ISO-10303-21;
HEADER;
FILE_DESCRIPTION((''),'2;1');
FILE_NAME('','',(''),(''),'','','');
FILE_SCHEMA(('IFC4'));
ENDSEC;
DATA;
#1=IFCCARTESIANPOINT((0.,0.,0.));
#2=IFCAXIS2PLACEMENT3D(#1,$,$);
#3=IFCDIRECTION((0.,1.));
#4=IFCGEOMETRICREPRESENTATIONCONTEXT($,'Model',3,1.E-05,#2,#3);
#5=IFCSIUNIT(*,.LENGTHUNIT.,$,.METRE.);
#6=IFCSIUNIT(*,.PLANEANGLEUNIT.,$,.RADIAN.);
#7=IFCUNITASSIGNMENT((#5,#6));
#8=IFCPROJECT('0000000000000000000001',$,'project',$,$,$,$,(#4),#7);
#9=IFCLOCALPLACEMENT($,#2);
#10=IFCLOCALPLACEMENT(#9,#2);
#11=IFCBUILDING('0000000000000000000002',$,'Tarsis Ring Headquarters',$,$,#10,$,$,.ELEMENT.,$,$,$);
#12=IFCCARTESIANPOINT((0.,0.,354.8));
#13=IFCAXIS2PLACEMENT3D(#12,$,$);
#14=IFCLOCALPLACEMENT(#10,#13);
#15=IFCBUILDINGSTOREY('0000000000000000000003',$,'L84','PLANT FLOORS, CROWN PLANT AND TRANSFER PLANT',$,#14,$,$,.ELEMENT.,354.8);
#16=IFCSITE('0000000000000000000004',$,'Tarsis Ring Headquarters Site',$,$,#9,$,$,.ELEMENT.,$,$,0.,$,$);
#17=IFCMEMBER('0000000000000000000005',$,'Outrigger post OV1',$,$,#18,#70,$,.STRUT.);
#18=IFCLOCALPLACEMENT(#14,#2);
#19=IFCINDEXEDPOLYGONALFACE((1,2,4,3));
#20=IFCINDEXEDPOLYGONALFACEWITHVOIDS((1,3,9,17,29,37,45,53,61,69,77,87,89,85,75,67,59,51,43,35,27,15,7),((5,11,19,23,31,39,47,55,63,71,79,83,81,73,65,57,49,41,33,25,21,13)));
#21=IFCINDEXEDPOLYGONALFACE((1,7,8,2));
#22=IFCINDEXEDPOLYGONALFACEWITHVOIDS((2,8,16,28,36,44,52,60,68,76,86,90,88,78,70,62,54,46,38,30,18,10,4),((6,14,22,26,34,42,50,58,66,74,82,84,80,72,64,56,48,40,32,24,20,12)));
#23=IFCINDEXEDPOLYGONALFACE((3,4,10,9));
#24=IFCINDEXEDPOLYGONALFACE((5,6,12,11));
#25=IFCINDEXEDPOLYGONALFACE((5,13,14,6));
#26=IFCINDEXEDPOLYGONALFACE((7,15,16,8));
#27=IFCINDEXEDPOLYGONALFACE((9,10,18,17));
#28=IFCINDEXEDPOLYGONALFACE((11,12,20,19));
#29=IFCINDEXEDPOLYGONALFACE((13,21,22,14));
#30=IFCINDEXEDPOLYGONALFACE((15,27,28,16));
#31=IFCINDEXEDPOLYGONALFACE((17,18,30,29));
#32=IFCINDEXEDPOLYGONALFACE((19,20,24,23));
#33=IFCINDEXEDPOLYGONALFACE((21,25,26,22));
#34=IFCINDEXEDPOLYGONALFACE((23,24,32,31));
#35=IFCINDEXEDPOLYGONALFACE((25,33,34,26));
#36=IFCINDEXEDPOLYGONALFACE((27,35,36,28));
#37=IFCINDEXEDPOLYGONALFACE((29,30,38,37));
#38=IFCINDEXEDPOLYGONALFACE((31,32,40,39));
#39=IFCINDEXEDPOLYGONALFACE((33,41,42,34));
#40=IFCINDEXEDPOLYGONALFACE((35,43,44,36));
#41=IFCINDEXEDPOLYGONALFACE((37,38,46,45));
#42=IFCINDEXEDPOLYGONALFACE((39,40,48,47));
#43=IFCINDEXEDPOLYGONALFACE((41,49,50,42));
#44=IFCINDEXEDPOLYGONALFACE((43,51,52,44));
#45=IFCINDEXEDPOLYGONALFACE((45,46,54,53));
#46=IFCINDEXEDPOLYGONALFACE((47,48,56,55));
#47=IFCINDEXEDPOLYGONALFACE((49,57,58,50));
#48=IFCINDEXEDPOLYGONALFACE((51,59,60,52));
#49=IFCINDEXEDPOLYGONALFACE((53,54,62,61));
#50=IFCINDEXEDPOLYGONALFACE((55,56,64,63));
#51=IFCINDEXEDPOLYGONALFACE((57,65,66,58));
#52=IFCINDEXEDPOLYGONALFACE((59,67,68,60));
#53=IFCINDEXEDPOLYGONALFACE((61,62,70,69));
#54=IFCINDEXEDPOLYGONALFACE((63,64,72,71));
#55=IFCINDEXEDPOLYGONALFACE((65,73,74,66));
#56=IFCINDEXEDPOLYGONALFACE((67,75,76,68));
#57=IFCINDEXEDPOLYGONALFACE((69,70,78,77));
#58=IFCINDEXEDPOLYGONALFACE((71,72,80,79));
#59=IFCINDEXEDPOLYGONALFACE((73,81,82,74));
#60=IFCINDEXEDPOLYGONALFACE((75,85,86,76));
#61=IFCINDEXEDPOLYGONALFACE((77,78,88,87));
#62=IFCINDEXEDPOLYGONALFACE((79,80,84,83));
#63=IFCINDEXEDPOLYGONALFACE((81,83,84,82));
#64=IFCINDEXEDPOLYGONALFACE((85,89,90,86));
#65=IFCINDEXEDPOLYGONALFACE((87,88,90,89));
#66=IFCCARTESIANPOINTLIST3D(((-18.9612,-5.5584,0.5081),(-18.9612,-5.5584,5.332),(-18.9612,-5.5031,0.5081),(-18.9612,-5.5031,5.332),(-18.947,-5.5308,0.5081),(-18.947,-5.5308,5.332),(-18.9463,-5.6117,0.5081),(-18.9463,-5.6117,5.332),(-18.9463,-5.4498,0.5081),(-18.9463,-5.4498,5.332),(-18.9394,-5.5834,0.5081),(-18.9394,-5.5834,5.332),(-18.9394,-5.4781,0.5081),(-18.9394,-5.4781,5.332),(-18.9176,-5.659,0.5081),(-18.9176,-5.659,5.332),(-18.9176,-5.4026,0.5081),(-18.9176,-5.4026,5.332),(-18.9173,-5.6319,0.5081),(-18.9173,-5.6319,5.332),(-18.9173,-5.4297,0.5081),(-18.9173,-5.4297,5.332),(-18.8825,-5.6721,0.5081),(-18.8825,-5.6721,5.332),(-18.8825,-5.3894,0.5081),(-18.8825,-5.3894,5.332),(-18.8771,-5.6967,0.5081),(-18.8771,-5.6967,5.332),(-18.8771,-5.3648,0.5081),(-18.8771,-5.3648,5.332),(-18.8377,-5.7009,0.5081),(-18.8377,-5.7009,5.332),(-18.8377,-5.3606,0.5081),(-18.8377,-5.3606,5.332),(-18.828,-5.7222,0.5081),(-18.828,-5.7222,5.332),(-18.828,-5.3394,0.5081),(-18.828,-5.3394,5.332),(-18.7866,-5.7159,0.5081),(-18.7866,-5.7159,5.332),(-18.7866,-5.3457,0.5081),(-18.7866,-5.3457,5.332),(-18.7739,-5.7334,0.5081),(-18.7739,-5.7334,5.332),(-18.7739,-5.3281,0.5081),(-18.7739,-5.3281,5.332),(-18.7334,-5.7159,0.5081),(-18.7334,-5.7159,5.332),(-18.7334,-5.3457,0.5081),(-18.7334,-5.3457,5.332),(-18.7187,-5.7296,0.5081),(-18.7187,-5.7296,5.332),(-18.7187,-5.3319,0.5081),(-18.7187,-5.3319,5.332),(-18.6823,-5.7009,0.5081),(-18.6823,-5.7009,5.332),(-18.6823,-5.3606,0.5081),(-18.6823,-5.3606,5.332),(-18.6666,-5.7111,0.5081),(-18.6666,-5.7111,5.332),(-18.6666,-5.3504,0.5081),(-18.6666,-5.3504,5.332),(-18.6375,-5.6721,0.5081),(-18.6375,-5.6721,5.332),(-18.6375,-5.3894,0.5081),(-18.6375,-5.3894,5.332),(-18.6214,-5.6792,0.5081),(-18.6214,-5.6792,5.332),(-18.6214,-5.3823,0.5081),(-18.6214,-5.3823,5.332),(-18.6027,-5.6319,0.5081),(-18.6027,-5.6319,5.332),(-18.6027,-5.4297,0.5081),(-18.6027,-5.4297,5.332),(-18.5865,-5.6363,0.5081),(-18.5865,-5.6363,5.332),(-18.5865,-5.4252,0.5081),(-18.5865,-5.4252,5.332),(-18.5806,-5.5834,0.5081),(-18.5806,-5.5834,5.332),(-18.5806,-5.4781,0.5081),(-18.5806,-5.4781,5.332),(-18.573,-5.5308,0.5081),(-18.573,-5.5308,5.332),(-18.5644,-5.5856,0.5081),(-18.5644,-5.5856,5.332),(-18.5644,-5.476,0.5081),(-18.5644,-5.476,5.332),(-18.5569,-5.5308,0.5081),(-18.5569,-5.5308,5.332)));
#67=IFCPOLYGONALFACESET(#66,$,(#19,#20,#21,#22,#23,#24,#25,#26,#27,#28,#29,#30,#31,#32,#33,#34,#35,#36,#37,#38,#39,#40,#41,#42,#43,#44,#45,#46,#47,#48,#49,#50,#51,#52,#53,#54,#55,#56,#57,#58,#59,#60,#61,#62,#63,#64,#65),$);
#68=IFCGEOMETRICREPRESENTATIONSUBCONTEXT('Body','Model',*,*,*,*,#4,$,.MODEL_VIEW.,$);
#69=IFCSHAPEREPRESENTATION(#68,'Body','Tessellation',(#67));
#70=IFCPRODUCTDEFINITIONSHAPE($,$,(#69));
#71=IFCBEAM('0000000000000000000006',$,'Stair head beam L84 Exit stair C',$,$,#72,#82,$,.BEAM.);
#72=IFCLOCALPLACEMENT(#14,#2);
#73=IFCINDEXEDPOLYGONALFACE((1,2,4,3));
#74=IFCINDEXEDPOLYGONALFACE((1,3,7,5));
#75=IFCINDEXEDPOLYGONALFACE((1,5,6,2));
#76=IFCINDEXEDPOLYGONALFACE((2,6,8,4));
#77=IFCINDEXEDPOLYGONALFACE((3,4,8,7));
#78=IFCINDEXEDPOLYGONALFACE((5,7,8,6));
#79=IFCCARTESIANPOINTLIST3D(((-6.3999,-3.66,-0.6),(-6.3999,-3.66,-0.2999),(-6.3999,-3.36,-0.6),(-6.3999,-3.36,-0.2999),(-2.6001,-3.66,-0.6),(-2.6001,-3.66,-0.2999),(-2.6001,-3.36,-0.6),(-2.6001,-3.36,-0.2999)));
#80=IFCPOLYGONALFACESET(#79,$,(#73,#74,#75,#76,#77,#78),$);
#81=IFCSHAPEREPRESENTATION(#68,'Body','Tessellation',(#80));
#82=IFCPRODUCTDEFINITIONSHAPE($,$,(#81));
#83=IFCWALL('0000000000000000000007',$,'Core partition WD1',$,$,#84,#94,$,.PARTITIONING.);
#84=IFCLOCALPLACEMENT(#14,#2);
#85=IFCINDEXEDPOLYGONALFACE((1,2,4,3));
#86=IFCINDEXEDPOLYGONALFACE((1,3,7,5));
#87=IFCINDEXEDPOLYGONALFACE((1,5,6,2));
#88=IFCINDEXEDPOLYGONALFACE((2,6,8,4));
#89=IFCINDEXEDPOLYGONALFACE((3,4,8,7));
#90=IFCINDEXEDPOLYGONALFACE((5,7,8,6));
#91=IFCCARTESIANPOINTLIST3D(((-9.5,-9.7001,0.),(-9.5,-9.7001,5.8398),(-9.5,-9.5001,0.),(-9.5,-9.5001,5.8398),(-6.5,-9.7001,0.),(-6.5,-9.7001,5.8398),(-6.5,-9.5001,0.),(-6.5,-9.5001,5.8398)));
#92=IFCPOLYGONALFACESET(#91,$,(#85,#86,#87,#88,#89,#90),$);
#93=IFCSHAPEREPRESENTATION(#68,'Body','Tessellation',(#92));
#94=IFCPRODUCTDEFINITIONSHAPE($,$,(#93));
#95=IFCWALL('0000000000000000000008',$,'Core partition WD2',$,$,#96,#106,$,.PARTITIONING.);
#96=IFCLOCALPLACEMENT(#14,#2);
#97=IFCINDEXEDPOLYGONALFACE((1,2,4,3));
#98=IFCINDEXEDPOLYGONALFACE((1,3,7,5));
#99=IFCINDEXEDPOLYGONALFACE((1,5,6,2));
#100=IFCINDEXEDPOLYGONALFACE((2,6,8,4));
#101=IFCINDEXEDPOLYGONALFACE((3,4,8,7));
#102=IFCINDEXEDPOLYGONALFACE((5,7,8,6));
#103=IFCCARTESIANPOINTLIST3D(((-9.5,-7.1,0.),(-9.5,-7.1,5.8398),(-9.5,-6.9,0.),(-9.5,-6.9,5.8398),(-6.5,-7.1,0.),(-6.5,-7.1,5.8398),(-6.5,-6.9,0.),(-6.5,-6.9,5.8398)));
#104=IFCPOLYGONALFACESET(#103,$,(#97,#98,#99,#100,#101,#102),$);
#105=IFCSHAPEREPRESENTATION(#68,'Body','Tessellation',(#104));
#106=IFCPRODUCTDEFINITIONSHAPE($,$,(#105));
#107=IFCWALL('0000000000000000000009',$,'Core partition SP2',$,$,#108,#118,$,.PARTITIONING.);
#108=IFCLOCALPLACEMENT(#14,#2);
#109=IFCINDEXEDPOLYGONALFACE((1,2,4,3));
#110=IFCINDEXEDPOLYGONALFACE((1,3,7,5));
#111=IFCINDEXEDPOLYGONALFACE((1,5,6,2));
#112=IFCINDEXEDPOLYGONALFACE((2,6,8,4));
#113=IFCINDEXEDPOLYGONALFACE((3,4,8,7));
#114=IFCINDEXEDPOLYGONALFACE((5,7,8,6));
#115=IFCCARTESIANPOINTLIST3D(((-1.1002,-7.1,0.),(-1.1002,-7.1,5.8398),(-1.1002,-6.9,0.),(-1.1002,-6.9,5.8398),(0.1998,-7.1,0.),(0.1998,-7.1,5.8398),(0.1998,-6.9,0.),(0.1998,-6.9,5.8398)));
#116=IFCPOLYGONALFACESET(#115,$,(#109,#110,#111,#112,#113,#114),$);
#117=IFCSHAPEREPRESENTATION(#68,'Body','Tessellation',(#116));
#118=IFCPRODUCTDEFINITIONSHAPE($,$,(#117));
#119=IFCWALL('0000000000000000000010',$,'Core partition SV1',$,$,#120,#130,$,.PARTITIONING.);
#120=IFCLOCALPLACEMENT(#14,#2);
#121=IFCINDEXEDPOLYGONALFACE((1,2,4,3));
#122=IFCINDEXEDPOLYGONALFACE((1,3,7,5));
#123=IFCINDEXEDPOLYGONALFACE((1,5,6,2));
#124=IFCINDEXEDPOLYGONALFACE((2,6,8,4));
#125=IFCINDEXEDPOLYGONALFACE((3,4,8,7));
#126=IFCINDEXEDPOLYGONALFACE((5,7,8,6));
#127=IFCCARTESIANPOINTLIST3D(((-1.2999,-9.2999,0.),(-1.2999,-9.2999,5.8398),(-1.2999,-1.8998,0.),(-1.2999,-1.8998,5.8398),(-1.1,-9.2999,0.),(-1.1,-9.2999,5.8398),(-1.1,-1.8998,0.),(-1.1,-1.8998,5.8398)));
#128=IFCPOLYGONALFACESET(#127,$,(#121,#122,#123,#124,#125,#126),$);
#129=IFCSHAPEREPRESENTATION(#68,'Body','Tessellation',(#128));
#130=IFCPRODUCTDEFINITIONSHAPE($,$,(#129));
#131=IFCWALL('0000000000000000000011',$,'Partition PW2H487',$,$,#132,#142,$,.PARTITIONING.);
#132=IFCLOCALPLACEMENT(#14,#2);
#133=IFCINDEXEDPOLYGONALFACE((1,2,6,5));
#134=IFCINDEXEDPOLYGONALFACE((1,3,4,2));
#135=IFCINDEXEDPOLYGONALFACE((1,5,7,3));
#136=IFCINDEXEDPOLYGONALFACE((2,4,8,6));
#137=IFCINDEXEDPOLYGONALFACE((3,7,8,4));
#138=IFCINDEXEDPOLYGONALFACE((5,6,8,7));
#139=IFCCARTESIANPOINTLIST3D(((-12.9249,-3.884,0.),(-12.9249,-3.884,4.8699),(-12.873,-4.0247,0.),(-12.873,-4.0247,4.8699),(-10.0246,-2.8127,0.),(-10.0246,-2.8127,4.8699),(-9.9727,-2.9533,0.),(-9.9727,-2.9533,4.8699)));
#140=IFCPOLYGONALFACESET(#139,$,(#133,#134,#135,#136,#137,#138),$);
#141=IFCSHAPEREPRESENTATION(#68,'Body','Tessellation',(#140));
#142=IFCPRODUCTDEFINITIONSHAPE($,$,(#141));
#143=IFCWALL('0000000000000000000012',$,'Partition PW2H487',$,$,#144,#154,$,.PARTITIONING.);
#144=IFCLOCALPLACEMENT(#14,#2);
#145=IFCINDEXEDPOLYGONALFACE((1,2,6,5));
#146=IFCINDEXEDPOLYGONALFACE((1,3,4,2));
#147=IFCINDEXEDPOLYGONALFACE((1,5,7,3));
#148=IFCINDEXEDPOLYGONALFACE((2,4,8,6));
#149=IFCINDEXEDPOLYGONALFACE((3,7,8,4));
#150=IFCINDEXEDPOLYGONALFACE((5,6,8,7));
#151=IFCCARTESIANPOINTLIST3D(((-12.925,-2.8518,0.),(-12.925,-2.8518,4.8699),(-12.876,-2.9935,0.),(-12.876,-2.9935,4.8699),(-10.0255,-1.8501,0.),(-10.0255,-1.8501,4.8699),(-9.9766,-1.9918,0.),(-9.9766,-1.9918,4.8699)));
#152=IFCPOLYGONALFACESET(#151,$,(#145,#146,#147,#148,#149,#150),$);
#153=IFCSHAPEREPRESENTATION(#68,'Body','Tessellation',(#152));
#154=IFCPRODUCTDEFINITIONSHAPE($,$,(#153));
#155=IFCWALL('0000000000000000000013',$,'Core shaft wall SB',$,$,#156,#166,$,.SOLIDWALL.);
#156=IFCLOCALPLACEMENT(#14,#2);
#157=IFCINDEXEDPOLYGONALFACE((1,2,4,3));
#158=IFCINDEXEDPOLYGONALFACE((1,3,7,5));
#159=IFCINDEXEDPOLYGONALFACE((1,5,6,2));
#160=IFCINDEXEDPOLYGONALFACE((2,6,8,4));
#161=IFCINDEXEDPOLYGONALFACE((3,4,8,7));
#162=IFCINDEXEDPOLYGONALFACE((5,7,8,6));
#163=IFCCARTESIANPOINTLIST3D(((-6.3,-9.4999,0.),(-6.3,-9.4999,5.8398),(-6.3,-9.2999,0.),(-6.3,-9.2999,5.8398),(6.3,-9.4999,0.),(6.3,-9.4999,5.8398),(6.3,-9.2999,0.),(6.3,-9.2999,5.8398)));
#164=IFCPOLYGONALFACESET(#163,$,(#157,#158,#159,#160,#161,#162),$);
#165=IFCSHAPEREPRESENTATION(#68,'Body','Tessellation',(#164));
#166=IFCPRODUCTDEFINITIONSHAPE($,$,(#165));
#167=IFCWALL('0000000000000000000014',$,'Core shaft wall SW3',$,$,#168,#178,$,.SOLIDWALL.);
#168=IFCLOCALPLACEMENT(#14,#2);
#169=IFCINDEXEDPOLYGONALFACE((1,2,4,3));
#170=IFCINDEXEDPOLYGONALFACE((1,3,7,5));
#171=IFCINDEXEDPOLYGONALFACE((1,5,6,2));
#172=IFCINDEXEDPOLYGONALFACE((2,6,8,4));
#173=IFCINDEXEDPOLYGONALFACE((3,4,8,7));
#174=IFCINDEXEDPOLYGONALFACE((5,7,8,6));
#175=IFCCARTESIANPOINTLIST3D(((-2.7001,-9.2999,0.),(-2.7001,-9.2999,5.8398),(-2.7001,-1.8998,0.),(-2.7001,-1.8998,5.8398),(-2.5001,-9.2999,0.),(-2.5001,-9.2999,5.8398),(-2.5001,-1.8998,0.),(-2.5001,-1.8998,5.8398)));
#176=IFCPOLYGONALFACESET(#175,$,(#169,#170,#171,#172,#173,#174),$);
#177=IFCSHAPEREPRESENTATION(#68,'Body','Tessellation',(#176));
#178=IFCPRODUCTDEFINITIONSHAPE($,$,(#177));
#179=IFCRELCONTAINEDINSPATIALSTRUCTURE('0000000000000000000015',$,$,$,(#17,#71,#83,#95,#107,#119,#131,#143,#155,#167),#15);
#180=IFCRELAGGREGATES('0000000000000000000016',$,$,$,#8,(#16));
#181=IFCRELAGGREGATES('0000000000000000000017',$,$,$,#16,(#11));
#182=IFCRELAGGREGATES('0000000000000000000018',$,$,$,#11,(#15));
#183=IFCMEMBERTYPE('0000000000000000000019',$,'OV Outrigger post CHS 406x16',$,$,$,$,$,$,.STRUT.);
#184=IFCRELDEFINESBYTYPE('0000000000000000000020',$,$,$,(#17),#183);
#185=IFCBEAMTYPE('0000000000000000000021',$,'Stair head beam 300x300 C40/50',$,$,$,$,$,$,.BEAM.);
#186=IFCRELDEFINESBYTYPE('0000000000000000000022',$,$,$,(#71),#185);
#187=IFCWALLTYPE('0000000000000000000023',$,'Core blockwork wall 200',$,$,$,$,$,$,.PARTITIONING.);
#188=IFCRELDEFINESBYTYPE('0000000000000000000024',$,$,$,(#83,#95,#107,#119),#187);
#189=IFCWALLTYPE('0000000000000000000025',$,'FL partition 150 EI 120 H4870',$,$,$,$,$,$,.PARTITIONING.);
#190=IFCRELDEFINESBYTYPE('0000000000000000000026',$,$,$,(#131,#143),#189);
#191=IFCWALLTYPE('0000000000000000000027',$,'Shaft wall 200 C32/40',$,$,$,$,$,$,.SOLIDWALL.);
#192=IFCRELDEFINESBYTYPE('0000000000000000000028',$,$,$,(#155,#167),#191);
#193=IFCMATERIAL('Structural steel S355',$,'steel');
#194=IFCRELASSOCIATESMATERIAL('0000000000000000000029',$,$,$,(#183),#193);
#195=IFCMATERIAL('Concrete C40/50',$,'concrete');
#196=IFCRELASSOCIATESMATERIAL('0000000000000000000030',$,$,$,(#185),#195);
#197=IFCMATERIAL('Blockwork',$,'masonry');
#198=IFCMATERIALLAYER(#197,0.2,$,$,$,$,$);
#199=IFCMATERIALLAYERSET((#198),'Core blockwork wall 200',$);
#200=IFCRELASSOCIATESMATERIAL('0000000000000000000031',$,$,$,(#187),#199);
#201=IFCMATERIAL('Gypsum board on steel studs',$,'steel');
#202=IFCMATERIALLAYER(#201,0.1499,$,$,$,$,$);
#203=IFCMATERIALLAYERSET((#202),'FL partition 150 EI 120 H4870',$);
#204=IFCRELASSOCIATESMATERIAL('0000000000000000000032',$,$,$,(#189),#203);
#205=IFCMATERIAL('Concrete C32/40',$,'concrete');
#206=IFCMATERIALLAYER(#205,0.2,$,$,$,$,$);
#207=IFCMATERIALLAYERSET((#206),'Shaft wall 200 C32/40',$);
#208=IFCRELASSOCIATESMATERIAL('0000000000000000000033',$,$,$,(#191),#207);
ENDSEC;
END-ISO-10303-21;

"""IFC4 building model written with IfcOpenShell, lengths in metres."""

from ifc_helpers import new_model, si_unit, direction, frame, frame_2d, origin, origin_2d, place, context, subcontext, project, spatial, rectangle, hollow_circle, extrude, material, layer, layer_set, material_profile, profile_set, type_object, element, save


model = new_model("IFC4")

# Units and contexts
model_context = context("Model", 3, precision=1e-05, world=origin(), true_north=direction((0.0, 1.0)))
body_context = subcontext(model_context, "Body", "Model", "MODEL_VIEW")
ifc_project = project(units=[si_unit("LENGTHUNIT", "METRE"), si_unit("PLANEANGLEUNIT", "RADIAN")], contexts=[model_context])

# Site, building, storey
site_placement = place(None, origin())
site = spatial("IfcSite", under=ifc_project, at=site_placement, Name="Tarsis Ring Headquarters Site", CompositionType="ELEMENT", RefElevation=0.0)
building_placement = place(site_placement, origin())
building = spatial("IfcBuilding", under=site, at=building_placement, Name="Tarsis Ring Headquarters", CompositionType="ELEMENT")
storey_placement = place(building_placement, frame((0.0, 0.0, 354.8)))
storey = spatial("IfcBuildingStorey", under=building, at=storey_placement, Name="L84", Description="PLANT FLOORS, CROWN PLANT AND TRANSFER PLANT", CompositionType="ELEMENT", Elevation=354.8)

# Member
ifc_material_1 = material(Name="Structural steel S355", Category="steel")
ifc_material_profile_1 = material_profile(ifc_material_1, hollow_circle(Radius=0.2031, WallThickness=0.0161, at=origin_2d()), Name="CHS 406x16")
ifc_profile_set_1 = profile_set([ifc_material_profile_1], Name="Structural steel S355")
member_type_1 = type_object("IfcMemberType", Name="OV Outrigger post CHS 406x16", PredefinedType="STRUT", material=ifc_profile_set_1)
for number, where, z_axis, x_axis, name in (
    (1, (-18.76, -5.5308, 0.5081), (0.0, 0.0, 1.0), (1.0, 0.0, 0.0), "Outrigger post OV1"),
):
    element("IfcMember", number, at=place(storey_placement, frame(where, z_axis=z_axis, x_axis=x_axis)), inside=storey, type_object=member_type_1, Name=name, PredefinedType="STRUT", context=body_context, shape_type="SweptSolid", body=[
        extrude(hollow_circle(Radius=0.2031, WallThickness=0.0161, at=origin_2d()), origin(), (0.0, 0.0, 1.0), 4.824),
    ])

# Beam
ifc_material_2 = material(Name="Concrete C40/50", Category="concrete")
ifc_material_profile_2 = material_profile(ifc_material_2, rectangle(XDim=0.3, YDim=0.3, at=origin_2d()), Name="Stair head beam 300x300 C40/50")
ifc_profile_set_2 = profile_set([ifc_material_profile_2], Name="Concrete C40/50")
beam_type = type_object("IfcBeamType", Name="Stair head beam 300x300 C40/50", PredefinedType="BEAM", material=ifc_profile_set_2)
beam_placement = place(storey_placement, frame((-6.3999, -3.51, -0.45), z_axis=(1.0, 0.0, 0.0), x_axis=(0.0, 1.0, 0.0)))
element("IfcBeam", 2, at=beam_placement, inside=storey, type_object=beam_type, Name="Stair head beam L84 Exit stair C", PredefinedType="BEAM", context=body_context, shape_type="SweptSolid", body=[
    extrude(rectangle(XDim=0.3, YDim=0.3, at=origin_2d()), origin(), (0.0, 0.0, 1.0), 3.7998),
])

# Walls
ifc_material_3 = material(Name="Blockwork", Category="masonry")
ifc_layer_1 = layer(ifc_material_3, 0.2)
ifc_layer_set_1 = layer_set([ifc_layer_1], Name="Core blockwork wall 200")
wall_type_1 = type_object("IfcWallType", Name="Core blockwork wall 200", PredefinedType="PARTITIONING", material=ifc_layer_set_1)
for number, where, z_axis, x_axis, name in (
    (3, (-9.5, -9.6001, 0.0), (0.0, 0.0, 1.0), (1.0, 0.0, 0.0), "Core partition WD1"),
    (4, (-9.5, -7.0, 0.0), (0.0, 0.0, 1.0), (1.0, 0.0, 0.0), "Core partition WD2"),
):
    element("IfcWall", number, at=place(storey_placement, frame(where, z_axis=z_axis, x_axis=x_axis)), inside=storey, type_object=wall_type_1, Name=name, PredefinedType="PARTITIONING", context=body_context, shape_type="SweptSolid", body=[
        extrude(rectangle(XDim=3.0, YDim=0.2, at=frame_2d((1.5, 0.0))), origin(), (0.0, 0.0, 1.0), 5.8398),
    ])
wall_1_placement = place(storey_placement, frame((-1.1001, -7.0, 0.0), z_axis=(0.0, 0.0, 1.0), x_axis=(1.0, 0.0, 0.0)))
element("IfcWall", 5, at=wall_1_placement, inside=storey, type_object=wall_type_1, Name="Core partition SP2", PredefinedType="PARTITIONING", context=body_context, shape_type="SweptSolid", body=[
    extrude(rectangle(XDim=1.3, YDim=0.2, at=frame_2d((0.6499, 0.0))), origin(), (0.0, 0.0, 1.0), 5.8398),
])
wall_2_placement = place(storey_placement, frame((-1.2, -9.3, 0.0), z_axis=(0.0, 0.0, 1.0), x_axis=(0.0, 1.0, 0.0)))
element("IfcWall", 6, at=wall_2_placement, inside=storey, type_object=wall_type_1, Name="Core partition SV1", PredefinedType="PARTITIONING", context=body_context, shape_type="SweptSolid", body=[
    extrude(rectangle(XDim=7.4001, YDim=0.2, at=frame_2d((3.7002, 0.0))), origin(), (0.0, 0.0, 1.0), 5.8398),
])
ifc_material_4 = material(Name="Gypsum board on steel studs", Category="steel")
ifc_layer_2 = layer(ifc_material_4, 0.1499)
ifc_layer_set_2 = layer_set([ifc_layer_2], Name="FL partition 150 EI 120 H4870")
wall_type_2 = type_object("IfcWallType", Name="FL partition 150 EI 120 H4870", PredefinedType="PARTITIONING", material=ifc_layer_set_2)
wall_3_placement = place(storey_placement, frame((-12.8989, -3.9543, 0.0), z_axis=(0.0, 0.0, 1.0), x_axis=(0.938048, 0.346507, 0.0)))
element("IfcWall", 7, at=wall_3_placement, inside=storey, type_object=wall_type_2, Name="Partition PW2H487", PredefinedType="PARTITIONING", context=body_context, shape_type="SweptSolid", body=[
    extrude(rectangle(XDim=3.0918, YDim=0.1499, at=frame_2d((1.5459, 0.0))), origin(), (0.0, 0.0, 1.0), 4.8699),
])
wall_4_placement = place(storey_placement, frame((-12.9004, -2.9226, 0.0), z_axis=(0.0, 0.0, 1.0), x_axis=(0.945181, 0.326547, 0.0)))
element("IfcWall", 8, at=wall_4_placement, inside=storey, type_object=wall_type_2, Name="Partition PW2H487", PredefinedType="PARTITIONING", context=body_context, shape_type="SweptSolid", body=[
    extrude(rectangle(XDim=3.0676, YDim=0.1499, at=frame_2d((1.5337, 0.0))), origin(), (0.0, 0.0, 1.0), 4.8699),
])
ifc_material_5 = material(Name="Concrete C32/40", Category="concrete")
ifc_layer_3 = layer(ifc_material_5, 0.2)
ifc_layer_set_3 = layer_set([ifc_layer_3], Name="Shaft wall 200 C32/40")
wall_type_3 = type_object("IfcWallType", Name="Shaft wall 200 C32/40", PredefinedType="SOLIDWALL", material=ifc_layer_set_3)
wall_5_placement = place(storey_placement, frame((-6.3, -9.3999, 0.0), z_axis=(0.0, 0.0, 1.0), x_axis=(1.0, 0.0, 0.0)))
element("IfcWall", 9, at=wall_5_placement, inside=storey, type_object=wall_type_3, Name="Core shaft wall SB", PredefinedType="SOLIDWALL", context=body_context, shape_type="SweptSolid", body=[
    extrude(rectangle(XDim=12.6001, YDim=0.2, at=frame_2d((6.3, 0.0))), origin(), (0.0, 0.0, 1.0), 5.8398),
])
wall_6_placement = place(storey_placement, frame((-2.6001, -9.3, 0.0), z_axis=(0.0, 0.0, 1.0), x_axis=(0.0, 1.0, 0.0)))
element("IfcWall", 10, at=wall_6_placement, inside=storey, type_object=wall_type_3, Name="Core shaft wall SW3", PredefinedType="SOLIDWALL", context=body_context, shape_type="SweptSolid", body=[
    extrude(rectangle(XDim=7.4001, YDim=0.2, at=frame_2d((3.7002, 0.0))), origin(), (0.0, 0.0, 1.0), 5.8398),
])

save(model, "model.ifc")
